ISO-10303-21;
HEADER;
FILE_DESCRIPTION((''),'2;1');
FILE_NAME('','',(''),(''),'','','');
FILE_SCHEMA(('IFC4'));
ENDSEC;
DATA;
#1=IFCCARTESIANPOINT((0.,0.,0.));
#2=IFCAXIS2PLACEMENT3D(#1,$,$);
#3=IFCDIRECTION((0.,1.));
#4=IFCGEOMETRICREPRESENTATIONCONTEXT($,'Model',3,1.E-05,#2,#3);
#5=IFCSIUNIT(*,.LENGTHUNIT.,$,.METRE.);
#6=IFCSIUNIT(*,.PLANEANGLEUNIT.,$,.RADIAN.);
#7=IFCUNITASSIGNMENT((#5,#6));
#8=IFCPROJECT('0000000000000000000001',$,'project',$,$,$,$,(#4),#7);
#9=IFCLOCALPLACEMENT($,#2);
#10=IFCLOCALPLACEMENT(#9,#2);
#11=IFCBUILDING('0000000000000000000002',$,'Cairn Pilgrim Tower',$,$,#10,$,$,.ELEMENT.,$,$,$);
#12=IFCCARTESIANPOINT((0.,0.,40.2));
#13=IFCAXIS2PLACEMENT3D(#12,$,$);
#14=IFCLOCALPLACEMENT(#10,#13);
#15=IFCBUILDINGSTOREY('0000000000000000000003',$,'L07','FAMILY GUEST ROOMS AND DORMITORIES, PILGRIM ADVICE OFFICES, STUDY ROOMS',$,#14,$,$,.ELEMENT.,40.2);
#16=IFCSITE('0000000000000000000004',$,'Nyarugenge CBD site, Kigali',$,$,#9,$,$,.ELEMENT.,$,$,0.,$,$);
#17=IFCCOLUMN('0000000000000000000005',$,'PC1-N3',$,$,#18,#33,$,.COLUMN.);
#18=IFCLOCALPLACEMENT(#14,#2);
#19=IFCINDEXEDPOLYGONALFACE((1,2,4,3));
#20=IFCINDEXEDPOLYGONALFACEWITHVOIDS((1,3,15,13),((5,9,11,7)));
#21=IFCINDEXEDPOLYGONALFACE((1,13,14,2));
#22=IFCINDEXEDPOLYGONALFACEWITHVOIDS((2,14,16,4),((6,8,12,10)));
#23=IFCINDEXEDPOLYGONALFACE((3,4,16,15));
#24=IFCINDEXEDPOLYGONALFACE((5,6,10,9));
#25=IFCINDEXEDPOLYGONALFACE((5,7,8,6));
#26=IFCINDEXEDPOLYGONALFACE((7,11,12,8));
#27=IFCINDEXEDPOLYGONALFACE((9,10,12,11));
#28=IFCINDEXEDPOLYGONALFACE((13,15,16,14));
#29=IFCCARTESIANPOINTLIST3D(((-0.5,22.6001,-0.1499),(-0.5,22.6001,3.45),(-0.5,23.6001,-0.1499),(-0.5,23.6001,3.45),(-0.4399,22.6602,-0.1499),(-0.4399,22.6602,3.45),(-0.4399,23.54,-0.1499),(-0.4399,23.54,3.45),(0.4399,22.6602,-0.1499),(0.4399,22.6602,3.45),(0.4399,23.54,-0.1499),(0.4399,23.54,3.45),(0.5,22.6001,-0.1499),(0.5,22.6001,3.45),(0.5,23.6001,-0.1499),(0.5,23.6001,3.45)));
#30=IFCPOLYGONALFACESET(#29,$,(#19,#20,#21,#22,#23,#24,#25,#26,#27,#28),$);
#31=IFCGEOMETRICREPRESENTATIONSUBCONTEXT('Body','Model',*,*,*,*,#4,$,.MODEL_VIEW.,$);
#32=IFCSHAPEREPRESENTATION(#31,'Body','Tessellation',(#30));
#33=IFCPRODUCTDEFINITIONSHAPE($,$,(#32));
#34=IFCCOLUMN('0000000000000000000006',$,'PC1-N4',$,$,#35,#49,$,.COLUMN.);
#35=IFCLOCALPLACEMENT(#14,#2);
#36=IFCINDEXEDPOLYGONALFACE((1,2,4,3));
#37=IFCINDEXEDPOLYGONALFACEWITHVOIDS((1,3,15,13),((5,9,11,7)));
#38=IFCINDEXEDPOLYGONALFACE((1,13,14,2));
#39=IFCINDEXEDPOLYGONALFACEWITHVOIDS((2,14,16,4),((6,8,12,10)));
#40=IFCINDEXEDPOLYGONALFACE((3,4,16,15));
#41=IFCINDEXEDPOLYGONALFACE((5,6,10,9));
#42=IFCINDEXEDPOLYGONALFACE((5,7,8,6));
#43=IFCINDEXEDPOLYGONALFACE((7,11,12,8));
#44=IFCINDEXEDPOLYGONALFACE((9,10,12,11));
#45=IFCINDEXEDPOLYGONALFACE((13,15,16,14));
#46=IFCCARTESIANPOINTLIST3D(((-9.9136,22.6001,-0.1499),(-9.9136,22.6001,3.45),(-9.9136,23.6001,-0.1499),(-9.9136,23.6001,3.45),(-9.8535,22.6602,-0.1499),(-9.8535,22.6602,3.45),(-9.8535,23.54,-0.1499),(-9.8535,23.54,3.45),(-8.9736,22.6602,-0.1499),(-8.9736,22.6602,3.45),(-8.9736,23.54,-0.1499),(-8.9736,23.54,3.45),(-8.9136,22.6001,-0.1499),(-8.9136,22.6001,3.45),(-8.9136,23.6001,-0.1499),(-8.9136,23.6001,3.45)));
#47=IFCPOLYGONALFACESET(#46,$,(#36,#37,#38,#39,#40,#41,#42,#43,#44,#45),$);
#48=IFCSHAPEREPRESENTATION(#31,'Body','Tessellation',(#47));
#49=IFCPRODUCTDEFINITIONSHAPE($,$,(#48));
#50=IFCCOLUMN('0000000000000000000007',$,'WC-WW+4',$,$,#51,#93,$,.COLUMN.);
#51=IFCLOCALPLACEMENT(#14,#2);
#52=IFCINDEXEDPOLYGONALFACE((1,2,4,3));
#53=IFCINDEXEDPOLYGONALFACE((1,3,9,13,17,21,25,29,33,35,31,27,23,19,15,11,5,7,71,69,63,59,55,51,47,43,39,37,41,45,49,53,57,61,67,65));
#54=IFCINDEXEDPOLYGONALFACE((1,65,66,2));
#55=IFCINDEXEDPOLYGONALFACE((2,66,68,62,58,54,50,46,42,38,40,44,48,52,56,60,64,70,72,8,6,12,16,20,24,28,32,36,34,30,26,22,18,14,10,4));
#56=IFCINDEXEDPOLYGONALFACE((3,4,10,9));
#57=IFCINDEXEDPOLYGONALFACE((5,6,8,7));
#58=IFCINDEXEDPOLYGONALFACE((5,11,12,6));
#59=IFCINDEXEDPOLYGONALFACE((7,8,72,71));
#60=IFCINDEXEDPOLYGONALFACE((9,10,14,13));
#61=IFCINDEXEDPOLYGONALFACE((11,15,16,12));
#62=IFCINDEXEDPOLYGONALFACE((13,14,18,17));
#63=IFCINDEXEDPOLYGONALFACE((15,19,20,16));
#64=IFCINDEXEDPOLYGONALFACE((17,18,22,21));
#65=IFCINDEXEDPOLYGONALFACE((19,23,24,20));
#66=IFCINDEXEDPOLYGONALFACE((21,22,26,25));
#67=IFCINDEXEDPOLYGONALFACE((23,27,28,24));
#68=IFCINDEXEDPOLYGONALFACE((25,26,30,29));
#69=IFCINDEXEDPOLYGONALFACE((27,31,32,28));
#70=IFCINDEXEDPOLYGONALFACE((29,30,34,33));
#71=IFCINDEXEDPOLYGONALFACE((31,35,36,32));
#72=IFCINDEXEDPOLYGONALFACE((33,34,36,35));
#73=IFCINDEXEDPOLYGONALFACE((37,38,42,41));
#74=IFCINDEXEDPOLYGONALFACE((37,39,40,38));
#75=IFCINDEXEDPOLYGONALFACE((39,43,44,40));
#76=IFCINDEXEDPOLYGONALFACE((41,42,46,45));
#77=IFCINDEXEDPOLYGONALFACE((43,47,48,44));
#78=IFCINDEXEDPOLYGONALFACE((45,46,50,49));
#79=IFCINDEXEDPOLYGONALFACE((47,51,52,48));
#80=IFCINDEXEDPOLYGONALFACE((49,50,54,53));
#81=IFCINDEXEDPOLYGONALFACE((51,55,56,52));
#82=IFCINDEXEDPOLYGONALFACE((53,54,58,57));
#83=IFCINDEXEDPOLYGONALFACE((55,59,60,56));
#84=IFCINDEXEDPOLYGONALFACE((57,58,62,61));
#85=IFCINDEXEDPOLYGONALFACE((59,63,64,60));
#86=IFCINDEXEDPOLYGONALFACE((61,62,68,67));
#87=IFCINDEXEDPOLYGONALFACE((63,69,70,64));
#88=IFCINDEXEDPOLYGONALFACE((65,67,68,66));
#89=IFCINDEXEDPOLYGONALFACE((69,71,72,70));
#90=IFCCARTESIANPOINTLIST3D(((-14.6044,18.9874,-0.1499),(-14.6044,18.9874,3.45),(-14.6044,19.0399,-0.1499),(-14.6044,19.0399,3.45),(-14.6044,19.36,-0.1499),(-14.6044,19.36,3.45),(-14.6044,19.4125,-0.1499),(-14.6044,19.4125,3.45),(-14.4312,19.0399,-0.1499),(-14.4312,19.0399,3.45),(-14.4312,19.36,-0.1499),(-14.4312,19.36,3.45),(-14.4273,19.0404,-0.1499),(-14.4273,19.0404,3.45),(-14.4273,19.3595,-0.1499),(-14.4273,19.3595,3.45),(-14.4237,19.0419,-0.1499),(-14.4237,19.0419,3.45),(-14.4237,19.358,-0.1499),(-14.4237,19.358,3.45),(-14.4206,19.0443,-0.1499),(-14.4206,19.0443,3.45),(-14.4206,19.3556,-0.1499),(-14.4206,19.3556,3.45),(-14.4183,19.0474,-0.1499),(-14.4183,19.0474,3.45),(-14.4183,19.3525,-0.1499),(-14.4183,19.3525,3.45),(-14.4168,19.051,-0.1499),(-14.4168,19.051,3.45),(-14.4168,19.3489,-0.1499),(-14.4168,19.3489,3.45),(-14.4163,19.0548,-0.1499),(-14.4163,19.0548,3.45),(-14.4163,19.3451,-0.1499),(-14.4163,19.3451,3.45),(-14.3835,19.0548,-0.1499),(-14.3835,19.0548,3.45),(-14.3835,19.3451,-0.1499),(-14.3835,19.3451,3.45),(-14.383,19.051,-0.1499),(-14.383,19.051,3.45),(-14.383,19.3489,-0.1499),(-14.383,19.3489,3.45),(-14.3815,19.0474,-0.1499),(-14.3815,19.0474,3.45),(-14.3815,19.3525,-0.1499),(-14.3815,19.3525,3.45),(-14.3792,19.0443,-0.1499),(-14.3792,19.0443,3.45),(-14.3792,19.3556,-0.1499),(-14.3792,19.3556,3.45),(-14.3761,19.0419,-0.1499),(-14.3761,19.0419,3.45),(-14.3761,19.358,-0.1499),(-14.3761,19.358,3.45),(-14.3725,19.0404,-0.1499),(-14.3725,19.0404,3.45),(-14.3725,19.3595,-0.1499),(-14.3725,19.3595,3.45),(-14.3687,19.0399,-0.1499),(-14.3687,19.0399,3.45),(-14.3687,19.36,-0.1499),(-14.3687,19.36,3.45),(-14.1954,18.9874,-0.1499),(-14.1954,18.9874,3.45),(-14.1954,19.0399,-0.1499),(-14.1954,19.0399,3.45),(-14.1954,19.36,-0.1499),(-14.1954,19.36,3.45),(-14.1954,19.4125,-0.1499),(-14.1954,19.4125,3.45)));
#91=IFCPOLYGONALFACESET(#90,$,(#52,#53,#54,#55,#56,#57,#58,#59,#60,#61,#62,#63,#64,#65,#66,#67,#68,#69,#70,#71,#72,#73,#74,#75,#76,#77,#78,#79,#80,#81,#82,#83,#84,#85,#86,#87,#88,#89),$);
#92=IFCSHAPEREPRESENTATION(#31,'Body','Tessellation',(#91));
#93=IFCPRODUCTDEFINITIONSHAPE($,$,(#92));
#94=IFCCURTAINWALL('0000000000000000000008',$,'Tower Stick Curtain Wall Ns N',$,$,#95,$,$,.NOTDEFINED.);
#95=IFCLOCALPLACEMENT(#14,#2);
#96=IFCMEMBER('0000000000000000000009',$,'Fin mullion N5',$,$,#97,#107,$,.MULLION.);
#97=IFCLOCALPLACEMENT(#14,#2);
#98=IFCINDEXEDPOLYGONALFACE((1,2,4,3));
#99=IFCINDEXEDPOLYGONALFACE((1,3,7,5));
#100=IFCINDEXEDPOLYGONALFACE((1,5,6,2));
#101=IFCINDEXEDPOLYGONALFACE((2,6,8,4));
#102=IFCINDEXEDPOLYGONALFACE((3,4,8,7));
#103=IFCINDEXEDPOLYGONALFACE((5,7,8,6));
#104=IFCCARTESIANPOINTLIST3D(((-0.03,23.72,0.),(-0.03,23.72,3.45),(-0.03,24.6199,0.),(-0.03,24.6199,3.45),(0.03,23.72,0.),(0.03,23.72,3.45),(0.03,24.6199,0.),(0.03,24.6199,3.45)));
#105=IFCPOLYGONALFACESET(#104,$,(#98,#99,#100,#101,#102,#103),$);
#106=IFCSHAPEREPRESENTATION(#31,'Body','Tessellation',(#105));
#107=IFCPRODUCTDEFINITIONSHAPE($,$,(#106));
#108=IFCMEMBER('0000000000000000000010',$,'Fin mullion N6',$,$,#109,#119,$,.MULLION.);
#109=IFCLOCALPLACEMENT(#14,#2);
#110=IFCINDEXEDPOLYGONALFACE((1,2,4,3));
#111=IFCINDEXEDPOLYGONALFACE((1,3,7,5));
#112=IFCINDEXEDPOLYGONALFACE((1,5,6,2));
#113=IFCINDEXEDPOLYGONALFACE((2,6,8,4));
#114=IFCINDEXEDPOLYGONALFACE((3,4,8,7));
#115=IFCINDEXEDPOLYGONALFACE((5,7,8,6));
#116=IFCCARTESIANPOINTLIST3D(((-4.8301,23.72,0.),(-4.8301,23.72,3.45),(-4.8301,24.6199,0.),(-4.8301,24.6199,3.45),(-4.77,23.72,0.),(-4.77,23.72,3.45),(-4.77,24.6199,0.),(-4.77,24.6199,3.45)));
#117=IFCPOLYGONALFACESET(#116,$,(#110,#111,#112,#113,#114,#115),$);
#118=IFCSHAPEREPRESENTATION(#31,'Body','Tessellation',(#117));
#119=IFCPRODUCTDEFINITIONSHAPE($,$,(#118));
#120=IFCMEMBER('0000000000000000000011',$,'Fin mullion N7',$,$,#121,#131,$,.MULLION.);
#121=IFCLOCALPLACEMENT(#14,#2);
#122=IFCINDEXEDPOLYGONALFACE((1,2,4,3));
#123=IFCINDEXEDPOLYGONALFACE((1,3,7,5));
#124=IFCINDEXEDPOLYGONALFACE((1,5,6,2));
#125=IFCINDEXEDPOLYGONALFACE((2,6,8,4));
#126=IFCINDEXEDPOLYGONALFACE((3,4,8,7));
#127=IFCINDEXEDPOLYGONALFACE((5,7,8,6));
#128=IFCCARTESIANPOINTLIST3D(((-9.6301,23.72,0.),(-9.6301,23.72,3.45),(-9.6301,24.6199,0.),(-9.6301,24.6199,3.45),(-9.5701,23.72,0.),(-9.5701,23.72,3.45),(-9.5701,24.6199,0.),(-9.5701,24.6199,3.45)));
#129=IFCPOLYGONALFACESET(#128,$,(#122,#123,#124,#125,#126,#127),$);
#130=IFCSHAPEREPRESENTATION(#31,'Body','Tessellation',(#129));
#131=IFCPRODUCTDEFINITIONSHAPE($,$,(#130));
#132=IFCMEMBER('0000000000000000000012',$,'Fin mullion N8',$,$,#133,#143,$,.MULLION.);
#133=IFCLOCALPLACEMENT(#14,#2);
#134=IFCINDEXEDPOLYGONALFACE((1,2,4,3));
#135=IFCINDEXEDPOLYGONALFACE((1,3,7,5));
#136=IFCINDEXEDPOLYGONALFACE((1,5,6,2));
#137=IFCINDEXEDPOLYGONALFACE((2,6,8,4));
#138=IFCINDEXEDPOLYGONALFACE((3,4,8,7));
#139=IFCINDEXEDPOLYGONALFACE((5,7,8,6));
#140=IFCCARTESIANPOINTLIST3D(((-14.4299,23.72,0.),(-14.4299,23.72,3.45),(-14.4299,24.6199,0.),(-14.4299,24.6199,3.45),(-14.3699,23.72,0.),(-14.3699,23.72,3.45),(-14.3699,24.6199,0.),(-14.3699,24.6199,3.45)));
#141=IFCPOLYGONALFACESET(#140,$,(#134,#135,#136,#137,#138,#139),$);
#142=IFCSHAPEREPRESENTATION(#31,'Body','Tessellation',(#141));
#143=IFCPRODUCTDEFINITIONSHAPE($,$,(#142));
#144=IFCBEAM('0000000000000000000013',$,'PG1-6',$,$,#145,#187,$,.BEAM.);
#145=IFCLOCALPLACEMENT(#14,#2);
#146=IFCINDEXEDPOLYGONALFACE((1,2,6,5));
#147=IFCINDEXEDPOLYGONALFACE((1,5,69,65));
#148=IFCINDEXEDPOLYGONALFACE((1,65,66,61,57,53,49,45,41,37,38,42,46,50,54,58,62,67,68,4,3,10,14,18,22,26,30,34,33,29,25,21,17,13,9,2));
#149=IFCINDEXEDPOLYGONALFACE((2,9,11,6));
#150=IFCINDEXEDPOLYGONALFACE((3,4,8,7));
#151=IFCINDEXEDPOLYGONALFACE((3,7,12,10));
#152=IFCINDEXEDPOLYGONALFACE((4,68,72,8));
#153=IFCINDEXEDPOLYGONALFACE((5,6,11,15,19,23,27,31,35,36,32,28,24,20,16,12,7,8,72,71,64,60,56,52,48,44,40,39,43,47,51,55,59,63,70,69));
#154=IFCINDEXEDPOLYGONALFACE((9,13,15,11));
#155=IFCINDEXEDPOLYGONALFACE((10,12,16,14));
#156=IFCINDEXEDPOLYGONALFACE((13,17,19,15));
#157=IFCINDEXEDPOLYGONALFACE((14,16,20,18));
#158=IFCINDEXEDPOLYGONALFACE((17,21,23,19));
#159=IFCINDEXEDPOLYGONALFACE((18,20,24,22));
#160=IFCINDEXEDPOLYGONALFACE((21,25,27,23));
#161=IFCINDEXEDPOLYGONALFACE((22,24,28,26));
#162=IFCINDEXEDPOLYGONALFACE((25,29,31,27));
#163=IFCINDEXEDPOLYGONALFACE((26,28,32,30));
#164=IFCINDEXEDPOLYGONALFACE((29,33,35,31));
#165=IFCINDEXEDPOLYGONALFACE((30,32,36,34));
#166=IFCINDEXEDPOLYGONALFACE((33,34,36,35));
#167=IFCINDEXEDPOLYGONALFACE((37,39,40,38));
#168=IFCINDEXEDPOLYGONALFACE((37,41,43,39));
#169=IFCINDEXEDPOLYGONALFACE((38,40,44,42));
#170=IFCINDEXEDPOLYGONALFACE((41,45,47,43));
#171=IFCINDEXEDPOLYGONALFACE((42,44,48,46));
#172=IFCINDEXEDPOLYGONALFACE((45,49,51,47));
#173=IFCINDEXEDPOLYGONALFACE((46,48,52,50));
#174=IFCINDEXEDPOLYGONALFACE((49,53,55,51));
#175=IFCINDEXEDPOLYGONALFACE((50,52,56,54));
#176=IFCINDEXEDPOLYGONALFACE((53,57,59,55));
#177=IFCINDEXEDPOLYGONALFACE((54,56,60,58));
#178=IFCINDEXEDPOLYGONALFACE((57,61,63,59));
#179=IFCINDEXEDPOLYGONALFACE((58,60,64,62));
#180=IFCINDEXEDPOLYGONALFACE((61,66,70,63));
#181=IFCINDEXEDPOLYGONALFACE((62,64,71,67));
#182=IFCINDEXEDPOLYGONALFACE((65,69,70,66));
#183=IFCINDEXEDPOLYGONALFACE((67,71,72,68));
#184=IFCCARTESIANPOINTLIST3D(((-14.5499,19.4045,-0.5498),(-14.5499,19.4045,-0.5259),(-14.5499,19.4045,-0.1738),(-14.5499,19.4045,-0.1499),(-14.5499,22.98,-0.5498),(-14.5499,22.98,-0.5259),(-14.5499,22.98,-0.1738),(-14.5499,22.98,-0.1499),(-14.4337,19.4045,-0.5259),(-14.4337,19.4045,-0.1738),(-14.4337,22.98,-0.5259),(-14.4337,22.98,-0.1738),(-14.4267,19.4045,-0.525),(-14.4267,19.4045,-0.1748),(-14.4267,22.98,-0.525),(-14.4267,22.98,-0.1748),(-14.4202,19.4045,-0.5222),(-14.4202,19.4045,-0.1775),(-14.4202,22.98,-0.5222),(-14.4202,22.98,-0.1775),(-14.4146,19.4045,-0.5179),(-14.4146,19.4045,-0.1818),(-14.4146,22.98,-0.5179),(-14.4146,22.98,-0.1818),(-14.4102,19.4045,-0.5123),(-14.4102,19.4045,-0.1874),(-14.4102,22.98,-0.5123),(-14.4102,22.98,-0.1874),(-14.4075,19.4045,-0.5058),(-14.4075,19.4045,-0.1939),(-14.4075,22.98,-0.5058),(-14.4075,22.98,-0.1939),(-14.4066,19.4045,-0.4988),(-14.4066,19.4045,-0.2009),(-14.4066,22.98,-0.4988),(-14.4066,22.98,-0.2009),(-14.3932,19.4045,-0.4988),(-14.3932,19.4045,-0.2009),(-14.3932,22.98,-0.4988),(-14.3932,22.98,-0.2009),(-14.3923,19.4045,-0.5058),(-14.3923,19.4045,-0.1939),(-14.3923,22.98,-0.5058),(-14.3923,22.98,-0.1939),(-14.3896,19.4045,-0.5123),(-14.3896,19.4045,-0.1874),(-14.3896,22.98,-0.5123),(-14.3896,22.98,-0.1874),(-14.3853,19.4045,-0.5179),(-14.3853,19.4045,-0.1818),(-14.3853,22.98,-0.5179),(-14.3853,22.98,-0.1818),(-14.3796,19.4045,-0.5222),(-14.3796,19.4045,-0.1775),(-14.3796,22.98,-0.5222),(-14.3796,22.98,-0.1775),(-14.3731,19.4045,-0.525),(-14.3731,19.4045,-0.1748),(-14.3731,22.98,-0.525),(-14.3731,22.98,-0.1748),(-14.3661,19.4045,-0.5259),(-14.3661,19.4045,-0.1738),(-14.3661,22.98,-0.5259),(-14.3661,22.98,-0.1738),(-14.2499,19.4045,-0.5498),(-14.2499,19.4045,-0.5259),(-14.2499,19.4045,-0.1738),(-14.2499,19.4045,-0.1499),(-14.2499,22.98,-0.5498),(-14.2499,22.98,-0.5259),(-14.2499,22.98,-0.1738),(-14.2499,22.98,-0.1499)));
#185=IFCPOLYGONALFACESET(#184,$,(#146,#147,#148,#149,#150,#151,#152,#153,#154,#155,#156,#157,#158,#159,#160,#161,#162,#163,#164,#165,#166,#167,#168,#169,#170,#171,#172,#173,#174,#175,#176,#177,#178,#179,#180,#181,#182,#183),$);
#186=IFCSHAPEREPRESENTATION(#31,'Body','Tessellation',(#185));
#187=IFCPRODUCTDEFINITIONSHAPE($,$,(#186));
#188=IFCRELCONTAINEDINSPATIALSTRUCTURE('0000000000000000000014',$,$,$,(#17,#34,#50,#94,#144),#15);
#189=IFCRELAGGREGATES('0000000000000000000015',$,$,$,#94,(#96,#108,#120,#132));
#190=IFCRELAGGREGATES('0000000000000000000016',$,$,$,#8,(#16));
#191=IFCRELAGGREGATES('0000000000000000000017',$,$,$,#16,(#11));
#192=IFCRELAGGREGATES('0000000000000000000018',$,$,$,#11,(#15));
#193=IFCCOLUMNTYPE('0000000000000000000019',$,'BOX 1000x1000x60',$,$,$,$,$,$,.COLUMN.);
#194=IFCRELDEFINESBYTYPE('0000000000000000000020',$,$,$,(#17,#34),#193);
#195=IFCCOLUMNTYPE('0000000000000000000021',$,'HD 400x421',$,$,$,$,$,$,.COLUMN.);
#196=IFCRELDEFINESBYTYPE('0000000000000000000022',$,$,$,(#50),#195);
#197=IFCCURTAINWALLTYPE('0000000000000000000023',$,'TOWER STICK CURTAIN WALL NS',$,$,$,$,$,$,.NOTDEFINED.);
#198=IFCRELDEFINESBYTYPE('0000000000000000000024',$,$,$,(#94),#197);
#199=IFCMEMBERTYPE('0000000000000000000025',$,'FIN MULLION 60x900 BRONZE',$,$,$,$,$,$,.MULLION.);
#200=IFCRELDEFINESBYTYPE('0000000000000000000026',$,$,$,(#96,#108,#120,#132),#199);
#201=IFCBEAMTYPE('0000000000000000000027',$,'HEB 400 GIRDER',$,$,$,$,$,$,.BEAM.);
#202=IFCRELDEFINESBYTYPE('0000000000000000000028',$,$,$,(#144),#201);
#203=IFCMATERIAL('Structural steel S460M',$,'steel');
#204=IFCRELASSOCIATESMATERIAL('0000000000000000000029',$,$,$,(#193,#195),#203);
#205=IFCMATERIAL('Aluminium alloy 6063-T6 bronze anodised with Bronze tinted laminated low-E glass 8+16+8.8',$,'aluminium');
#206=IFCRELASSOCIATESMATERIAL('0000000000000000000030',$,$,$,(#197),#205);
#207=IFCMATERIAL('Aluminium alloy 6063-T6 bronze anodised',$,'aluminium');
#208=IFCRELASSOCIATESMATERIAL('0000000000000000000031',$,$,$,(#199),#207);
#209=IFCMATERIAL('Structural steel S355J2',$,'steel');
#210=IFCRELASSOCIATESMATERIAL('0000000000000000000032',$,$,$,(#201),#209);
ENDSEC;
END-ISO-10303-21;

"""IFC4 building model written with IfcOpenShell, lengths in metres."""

from ifc_helpers import new_model, si_unit, direction, frame, origin, origin_2d, place, context, subcontext, project, spatial, rectangle, hollow_rectangle, i_section, extrude, material, material_profile, profile_set, type_object, element, aggregate, save


model = new_model("IFC4")

# Units and contexts
model_context = context("Model", 3, precision=1e-05, world=origin(), true_north=direction((0.0, 1.0)))
body_context = subcontext(model_context, "Body", "Model", "MODEL_VIEW")
ifc_project = project(units=[si_unit("LENGTHUNIT", "METRE"), si_unit("PLANEANGLEUNIT", "RADIAN")], contexts=[model_context])

# Site, building, storey
site_placement = place(None, origin())
site = spatial("IfcSite", under=ifc_project, at=site_placement, Name="Nyarugenge CBD site, Kigali", CompositionType="ELEMENT", RefElevation=0.0)
building_placement = place(site_placement, origin())
building = spatial("IfcBuilding", under=site, at=building_placement, Name="Cairn Pilgrim Tower", CompositionType="ELEMENT")
storey_placement = place(building_placement, frame((0.0, 0.0, 40.2)))
storey = spatial("IfcBuildingStorey", under=building, at=storey_placement, Name="L07", Description="FAMILY GUEST ROOMS AND DORMITORIES, PILGRIM ADVICE OFFICES, STUDY ROOMS", CompositionType="ELEMENT", Elevation=40.2)

# Columns
ifc_material_1 = material(Name="Structural steel S460M", Category="steel")
ifc_material_profile_1 = material_profile(ifc_material_1, hollow_rectangle(XDim=1.0, YDim=1.0, WallThickness=0.0601, at=origin_2d()), Name="BOX 1000x1000x60")
ifc_profile_set_1 = profile_set([ifc_material_profile_1], Name="Structural steel S460M")
column_type_1 = type_object("IfcColumnType", Name="BOX 1000x1000x60", PredefinedType="COLUMN", material=ifc_profile_set_1)
for number, where, z_axis, x_axis, name in (
    (1, (0.0, 23.1001, -0.1499), (0.0, 0.0, 1.0), (1.0, 0.0, 0.0), "PC1-N3"),
    (2, (-9.4136, 23.1001, -0.1499), (0.0, 0.0, 1.0), (1.0, 0.0, 0.0), "PC1-N4"),
):
    element("IfcColumn", number, at=place(storey_placement, frame(where, z_axis=z_axis, x_axis=x_axis)), inside=storey, type_object=column_type_1, Name=name, PredefinedType="COLUMN", context=body_context, shape_type="SweptSolid", body=[
        extrude(hollow_rectangle(XDim=1.0, YDim=1.0, WallThickness=0.0601, at=origin_2d()), origin(), (0.0, 0.0, 1.0), 3.5999),
    ])
ifc_material_profile_2 = material_profile(ifc_material_1, i_section(OverallWidth=0.4089, OverallDepth=0.425, WebThickness=0.0327, FlangeThickness=0.0525, FilletRadius=0.0149, at=origin_2d()), Name="HD 400x421")
ifc_profile_set_2 = profile_set([ifc_material_profile_2], Name="Structural steel S460M")
column_type_2 = type_object("IfcColumnType", Name="HD 400x421", PredefinedType="COLUMN", material=ifc_profile_set_2)
column_placement = place(storey_placement, frame((-14.3999, 19.2, -0.1499), z_axis=(0.0, 0.0, 1.0), x_axis=(1.0, 0.0, 0.0)))
element("IfcColumn", 3, at=column_placement, inside=storey, type_object=column_type_2, Name="WC-WW+4", PredefinedType="COLUMN", context=body_context, shape_type="SweptSolid", body=[
    extrude(i_section(OverallWidth=0.4089, OverallDepth=0.425, WebThickness=0.0327, FlangeThickness=0.0525, FilletRadius=0.0149, at=origin_2d()), origin(), (0.0, 0.0, 1.0), 3.5999),
])

# Curtain wall, members
ifc_material_2 = material(Name="Aluminium alloy 6063-T6 bronze anodised with Bronze tinted laminated low-E glass 8+16+8.8", Category="aluminium")
curtain_wall_type = type_object("IfcCurtainWallType", Name="TOWER STICK CURTAIN WALL NS", PredefinedType="NOTDEFINED", material=ifc_material_2)
curtain_wall_placement = place(storey_placement, origin())
curtain_wall = element("IfcCurtainWall", 4, at=curtain_wall_placement, inside=storey, type_object=curtain_wall_type, Name="Tower Stick Curtain Wall Ns N", PredefinedType="NOTDEFINED")
ifc_material_3 = material(Name="Aluminium alloy 6063-T6 bronze anodised", Category="aluminium")
ifc_material_profile_3 = material_profile(ifc_material_3, rectangle(XDim=0.8999, YDim=0.0601, at=origin_2d()), Name="FIN MULLION 60x900 BRONZE")
ifc_profile_set_3 = profile_set([ifc_material_profile_3], Name="Aluminium alloy 6063-T6 bronze anodised")
member_type_1 = type_object("IfcMemberType", Name="FIN MULLION 60x900 BRONZE", PredefinedType="MULLION", material=ifc_profile_set_3)
member_1_placement = place(storey_placement, frame((0.0, 24.1699, 0.0), z_axis=(0.0, 0.0, 1.0), x_axis=(0.0, 1.0, 0.0)))
member_1 = element("IfcMember", 5, at=member_1_placement, type_object=member_type_1, Name="Fin mullion N5", PredefinedType="MULLION", context=body_context, shape_type="SweptSolid", body=[
    extrude(rectangle(XDim=0.8999, YDim=0.0601, at=origin_2d()), origin(), (0.0, 0.0, 1.0), 3.45),
])
member_2_placement = place(storey_placement, frame((-4.8, 24.1699, 0.0), z_axis=(0.0, 0.0, 1.0), x_axis=(0.0, 1.0, 0.0)))
member_2 = element("IfcMember", 6, at=member_2_placement, type_object=member_type_1, Name="Fin mullion N6", PredefinedType="MULLION", context=body_context, shape_type="SweptSolid", body=[
    extrude(rectangle(XDim=0.8999, YDim=0.0601, at=origin_2d()), origin(), (0.0, 0.0, 1.0), 3.45),
])
member_3_placement = place(storey_placement, frame((-9.6001, 24.1699, 0.0), z_axis=(0.0, 0.0, 1.0), x_axis=(0.0, 1.0, 0.0)))
member_3 = element("IfcMember", 7, at=member_3_placement, type_object=member_type_1, Name="Fin mullion N7", PredefinedType="MULLION", context=body_context, shape_type="SweptSolid", body=[
    extrude(rectangle(XDim=0.8999, YDim=0.0601, at=origin_2d()), origin(), (0.0, 0.0, 1.0), 3.45),
])
member_4_placement = place(storey_placement, frame((-14.3999, 24.1699, 0.0), z_axis=(0.0, 0.0, 1.0), x_axis=(0.0, 1.0, 0.0)))
member_4 = element("IfcMember", 8, at=member_4_placement, type_object=member_type_1, Name="Fin mullion N8", PredefinedType="MULLION", context=body_context, shape_type="SweptSolid", body=[
    extrude(rectangle(XDim=0.8999, YDim=0.0601, at=origin_2d()), origin(), (0.0, 0.0, 1.0), 3.45),
])

# Beam
ifc_material_4 = material(Name="Structural steel S355J2", Category="steel")
ifc_material_profile_4 = material_profile(ifc_material_4, i_section(OverallWidth=0.3, OverallDepth=0.3999, WebThickness=0.0134, FlangeThickness=0.0239, FilletRadius=0.0271, at=origin_2d()), Name="HEB 400")
ifc_profile_set_4 = profile_set([ifc_material_profile_4], Name="Structural steel S355J2")
beam_type_1 = type_object("IfcBeamType", Name="HEB 400 GIRDER", PredefinedType="BEAM", material=ifc_profile_set_4)
beam_1_placement = place(storey_placement, frame((-14.3999, 19.4045, -0.3499), z_axis=(0.0, 1.0, 0.0), x_axis=(-1.0, 0.0, 0.0)))
element("IfcBeam", 9, at=beam_1_placement, inside=storey, type_object=beam_type_1, Name="PG1-6", PredefinedType="BEAM", context=body_context, shape_type="SweptSolid", body=[
    extrude(i_section(OverallWidth=0.3, OverallDepth=0.3999, WebThickness=0.0134, FlangeThickness=0.0239, FilletRadius=0.0271, at=origin_2d()), origin(), (0.0, 0.0, 1.0), 3.5754),
])

aggregate(curtain_wall, [member_1, member_2, member_3, member_4])

save(model, "model.ifc")
